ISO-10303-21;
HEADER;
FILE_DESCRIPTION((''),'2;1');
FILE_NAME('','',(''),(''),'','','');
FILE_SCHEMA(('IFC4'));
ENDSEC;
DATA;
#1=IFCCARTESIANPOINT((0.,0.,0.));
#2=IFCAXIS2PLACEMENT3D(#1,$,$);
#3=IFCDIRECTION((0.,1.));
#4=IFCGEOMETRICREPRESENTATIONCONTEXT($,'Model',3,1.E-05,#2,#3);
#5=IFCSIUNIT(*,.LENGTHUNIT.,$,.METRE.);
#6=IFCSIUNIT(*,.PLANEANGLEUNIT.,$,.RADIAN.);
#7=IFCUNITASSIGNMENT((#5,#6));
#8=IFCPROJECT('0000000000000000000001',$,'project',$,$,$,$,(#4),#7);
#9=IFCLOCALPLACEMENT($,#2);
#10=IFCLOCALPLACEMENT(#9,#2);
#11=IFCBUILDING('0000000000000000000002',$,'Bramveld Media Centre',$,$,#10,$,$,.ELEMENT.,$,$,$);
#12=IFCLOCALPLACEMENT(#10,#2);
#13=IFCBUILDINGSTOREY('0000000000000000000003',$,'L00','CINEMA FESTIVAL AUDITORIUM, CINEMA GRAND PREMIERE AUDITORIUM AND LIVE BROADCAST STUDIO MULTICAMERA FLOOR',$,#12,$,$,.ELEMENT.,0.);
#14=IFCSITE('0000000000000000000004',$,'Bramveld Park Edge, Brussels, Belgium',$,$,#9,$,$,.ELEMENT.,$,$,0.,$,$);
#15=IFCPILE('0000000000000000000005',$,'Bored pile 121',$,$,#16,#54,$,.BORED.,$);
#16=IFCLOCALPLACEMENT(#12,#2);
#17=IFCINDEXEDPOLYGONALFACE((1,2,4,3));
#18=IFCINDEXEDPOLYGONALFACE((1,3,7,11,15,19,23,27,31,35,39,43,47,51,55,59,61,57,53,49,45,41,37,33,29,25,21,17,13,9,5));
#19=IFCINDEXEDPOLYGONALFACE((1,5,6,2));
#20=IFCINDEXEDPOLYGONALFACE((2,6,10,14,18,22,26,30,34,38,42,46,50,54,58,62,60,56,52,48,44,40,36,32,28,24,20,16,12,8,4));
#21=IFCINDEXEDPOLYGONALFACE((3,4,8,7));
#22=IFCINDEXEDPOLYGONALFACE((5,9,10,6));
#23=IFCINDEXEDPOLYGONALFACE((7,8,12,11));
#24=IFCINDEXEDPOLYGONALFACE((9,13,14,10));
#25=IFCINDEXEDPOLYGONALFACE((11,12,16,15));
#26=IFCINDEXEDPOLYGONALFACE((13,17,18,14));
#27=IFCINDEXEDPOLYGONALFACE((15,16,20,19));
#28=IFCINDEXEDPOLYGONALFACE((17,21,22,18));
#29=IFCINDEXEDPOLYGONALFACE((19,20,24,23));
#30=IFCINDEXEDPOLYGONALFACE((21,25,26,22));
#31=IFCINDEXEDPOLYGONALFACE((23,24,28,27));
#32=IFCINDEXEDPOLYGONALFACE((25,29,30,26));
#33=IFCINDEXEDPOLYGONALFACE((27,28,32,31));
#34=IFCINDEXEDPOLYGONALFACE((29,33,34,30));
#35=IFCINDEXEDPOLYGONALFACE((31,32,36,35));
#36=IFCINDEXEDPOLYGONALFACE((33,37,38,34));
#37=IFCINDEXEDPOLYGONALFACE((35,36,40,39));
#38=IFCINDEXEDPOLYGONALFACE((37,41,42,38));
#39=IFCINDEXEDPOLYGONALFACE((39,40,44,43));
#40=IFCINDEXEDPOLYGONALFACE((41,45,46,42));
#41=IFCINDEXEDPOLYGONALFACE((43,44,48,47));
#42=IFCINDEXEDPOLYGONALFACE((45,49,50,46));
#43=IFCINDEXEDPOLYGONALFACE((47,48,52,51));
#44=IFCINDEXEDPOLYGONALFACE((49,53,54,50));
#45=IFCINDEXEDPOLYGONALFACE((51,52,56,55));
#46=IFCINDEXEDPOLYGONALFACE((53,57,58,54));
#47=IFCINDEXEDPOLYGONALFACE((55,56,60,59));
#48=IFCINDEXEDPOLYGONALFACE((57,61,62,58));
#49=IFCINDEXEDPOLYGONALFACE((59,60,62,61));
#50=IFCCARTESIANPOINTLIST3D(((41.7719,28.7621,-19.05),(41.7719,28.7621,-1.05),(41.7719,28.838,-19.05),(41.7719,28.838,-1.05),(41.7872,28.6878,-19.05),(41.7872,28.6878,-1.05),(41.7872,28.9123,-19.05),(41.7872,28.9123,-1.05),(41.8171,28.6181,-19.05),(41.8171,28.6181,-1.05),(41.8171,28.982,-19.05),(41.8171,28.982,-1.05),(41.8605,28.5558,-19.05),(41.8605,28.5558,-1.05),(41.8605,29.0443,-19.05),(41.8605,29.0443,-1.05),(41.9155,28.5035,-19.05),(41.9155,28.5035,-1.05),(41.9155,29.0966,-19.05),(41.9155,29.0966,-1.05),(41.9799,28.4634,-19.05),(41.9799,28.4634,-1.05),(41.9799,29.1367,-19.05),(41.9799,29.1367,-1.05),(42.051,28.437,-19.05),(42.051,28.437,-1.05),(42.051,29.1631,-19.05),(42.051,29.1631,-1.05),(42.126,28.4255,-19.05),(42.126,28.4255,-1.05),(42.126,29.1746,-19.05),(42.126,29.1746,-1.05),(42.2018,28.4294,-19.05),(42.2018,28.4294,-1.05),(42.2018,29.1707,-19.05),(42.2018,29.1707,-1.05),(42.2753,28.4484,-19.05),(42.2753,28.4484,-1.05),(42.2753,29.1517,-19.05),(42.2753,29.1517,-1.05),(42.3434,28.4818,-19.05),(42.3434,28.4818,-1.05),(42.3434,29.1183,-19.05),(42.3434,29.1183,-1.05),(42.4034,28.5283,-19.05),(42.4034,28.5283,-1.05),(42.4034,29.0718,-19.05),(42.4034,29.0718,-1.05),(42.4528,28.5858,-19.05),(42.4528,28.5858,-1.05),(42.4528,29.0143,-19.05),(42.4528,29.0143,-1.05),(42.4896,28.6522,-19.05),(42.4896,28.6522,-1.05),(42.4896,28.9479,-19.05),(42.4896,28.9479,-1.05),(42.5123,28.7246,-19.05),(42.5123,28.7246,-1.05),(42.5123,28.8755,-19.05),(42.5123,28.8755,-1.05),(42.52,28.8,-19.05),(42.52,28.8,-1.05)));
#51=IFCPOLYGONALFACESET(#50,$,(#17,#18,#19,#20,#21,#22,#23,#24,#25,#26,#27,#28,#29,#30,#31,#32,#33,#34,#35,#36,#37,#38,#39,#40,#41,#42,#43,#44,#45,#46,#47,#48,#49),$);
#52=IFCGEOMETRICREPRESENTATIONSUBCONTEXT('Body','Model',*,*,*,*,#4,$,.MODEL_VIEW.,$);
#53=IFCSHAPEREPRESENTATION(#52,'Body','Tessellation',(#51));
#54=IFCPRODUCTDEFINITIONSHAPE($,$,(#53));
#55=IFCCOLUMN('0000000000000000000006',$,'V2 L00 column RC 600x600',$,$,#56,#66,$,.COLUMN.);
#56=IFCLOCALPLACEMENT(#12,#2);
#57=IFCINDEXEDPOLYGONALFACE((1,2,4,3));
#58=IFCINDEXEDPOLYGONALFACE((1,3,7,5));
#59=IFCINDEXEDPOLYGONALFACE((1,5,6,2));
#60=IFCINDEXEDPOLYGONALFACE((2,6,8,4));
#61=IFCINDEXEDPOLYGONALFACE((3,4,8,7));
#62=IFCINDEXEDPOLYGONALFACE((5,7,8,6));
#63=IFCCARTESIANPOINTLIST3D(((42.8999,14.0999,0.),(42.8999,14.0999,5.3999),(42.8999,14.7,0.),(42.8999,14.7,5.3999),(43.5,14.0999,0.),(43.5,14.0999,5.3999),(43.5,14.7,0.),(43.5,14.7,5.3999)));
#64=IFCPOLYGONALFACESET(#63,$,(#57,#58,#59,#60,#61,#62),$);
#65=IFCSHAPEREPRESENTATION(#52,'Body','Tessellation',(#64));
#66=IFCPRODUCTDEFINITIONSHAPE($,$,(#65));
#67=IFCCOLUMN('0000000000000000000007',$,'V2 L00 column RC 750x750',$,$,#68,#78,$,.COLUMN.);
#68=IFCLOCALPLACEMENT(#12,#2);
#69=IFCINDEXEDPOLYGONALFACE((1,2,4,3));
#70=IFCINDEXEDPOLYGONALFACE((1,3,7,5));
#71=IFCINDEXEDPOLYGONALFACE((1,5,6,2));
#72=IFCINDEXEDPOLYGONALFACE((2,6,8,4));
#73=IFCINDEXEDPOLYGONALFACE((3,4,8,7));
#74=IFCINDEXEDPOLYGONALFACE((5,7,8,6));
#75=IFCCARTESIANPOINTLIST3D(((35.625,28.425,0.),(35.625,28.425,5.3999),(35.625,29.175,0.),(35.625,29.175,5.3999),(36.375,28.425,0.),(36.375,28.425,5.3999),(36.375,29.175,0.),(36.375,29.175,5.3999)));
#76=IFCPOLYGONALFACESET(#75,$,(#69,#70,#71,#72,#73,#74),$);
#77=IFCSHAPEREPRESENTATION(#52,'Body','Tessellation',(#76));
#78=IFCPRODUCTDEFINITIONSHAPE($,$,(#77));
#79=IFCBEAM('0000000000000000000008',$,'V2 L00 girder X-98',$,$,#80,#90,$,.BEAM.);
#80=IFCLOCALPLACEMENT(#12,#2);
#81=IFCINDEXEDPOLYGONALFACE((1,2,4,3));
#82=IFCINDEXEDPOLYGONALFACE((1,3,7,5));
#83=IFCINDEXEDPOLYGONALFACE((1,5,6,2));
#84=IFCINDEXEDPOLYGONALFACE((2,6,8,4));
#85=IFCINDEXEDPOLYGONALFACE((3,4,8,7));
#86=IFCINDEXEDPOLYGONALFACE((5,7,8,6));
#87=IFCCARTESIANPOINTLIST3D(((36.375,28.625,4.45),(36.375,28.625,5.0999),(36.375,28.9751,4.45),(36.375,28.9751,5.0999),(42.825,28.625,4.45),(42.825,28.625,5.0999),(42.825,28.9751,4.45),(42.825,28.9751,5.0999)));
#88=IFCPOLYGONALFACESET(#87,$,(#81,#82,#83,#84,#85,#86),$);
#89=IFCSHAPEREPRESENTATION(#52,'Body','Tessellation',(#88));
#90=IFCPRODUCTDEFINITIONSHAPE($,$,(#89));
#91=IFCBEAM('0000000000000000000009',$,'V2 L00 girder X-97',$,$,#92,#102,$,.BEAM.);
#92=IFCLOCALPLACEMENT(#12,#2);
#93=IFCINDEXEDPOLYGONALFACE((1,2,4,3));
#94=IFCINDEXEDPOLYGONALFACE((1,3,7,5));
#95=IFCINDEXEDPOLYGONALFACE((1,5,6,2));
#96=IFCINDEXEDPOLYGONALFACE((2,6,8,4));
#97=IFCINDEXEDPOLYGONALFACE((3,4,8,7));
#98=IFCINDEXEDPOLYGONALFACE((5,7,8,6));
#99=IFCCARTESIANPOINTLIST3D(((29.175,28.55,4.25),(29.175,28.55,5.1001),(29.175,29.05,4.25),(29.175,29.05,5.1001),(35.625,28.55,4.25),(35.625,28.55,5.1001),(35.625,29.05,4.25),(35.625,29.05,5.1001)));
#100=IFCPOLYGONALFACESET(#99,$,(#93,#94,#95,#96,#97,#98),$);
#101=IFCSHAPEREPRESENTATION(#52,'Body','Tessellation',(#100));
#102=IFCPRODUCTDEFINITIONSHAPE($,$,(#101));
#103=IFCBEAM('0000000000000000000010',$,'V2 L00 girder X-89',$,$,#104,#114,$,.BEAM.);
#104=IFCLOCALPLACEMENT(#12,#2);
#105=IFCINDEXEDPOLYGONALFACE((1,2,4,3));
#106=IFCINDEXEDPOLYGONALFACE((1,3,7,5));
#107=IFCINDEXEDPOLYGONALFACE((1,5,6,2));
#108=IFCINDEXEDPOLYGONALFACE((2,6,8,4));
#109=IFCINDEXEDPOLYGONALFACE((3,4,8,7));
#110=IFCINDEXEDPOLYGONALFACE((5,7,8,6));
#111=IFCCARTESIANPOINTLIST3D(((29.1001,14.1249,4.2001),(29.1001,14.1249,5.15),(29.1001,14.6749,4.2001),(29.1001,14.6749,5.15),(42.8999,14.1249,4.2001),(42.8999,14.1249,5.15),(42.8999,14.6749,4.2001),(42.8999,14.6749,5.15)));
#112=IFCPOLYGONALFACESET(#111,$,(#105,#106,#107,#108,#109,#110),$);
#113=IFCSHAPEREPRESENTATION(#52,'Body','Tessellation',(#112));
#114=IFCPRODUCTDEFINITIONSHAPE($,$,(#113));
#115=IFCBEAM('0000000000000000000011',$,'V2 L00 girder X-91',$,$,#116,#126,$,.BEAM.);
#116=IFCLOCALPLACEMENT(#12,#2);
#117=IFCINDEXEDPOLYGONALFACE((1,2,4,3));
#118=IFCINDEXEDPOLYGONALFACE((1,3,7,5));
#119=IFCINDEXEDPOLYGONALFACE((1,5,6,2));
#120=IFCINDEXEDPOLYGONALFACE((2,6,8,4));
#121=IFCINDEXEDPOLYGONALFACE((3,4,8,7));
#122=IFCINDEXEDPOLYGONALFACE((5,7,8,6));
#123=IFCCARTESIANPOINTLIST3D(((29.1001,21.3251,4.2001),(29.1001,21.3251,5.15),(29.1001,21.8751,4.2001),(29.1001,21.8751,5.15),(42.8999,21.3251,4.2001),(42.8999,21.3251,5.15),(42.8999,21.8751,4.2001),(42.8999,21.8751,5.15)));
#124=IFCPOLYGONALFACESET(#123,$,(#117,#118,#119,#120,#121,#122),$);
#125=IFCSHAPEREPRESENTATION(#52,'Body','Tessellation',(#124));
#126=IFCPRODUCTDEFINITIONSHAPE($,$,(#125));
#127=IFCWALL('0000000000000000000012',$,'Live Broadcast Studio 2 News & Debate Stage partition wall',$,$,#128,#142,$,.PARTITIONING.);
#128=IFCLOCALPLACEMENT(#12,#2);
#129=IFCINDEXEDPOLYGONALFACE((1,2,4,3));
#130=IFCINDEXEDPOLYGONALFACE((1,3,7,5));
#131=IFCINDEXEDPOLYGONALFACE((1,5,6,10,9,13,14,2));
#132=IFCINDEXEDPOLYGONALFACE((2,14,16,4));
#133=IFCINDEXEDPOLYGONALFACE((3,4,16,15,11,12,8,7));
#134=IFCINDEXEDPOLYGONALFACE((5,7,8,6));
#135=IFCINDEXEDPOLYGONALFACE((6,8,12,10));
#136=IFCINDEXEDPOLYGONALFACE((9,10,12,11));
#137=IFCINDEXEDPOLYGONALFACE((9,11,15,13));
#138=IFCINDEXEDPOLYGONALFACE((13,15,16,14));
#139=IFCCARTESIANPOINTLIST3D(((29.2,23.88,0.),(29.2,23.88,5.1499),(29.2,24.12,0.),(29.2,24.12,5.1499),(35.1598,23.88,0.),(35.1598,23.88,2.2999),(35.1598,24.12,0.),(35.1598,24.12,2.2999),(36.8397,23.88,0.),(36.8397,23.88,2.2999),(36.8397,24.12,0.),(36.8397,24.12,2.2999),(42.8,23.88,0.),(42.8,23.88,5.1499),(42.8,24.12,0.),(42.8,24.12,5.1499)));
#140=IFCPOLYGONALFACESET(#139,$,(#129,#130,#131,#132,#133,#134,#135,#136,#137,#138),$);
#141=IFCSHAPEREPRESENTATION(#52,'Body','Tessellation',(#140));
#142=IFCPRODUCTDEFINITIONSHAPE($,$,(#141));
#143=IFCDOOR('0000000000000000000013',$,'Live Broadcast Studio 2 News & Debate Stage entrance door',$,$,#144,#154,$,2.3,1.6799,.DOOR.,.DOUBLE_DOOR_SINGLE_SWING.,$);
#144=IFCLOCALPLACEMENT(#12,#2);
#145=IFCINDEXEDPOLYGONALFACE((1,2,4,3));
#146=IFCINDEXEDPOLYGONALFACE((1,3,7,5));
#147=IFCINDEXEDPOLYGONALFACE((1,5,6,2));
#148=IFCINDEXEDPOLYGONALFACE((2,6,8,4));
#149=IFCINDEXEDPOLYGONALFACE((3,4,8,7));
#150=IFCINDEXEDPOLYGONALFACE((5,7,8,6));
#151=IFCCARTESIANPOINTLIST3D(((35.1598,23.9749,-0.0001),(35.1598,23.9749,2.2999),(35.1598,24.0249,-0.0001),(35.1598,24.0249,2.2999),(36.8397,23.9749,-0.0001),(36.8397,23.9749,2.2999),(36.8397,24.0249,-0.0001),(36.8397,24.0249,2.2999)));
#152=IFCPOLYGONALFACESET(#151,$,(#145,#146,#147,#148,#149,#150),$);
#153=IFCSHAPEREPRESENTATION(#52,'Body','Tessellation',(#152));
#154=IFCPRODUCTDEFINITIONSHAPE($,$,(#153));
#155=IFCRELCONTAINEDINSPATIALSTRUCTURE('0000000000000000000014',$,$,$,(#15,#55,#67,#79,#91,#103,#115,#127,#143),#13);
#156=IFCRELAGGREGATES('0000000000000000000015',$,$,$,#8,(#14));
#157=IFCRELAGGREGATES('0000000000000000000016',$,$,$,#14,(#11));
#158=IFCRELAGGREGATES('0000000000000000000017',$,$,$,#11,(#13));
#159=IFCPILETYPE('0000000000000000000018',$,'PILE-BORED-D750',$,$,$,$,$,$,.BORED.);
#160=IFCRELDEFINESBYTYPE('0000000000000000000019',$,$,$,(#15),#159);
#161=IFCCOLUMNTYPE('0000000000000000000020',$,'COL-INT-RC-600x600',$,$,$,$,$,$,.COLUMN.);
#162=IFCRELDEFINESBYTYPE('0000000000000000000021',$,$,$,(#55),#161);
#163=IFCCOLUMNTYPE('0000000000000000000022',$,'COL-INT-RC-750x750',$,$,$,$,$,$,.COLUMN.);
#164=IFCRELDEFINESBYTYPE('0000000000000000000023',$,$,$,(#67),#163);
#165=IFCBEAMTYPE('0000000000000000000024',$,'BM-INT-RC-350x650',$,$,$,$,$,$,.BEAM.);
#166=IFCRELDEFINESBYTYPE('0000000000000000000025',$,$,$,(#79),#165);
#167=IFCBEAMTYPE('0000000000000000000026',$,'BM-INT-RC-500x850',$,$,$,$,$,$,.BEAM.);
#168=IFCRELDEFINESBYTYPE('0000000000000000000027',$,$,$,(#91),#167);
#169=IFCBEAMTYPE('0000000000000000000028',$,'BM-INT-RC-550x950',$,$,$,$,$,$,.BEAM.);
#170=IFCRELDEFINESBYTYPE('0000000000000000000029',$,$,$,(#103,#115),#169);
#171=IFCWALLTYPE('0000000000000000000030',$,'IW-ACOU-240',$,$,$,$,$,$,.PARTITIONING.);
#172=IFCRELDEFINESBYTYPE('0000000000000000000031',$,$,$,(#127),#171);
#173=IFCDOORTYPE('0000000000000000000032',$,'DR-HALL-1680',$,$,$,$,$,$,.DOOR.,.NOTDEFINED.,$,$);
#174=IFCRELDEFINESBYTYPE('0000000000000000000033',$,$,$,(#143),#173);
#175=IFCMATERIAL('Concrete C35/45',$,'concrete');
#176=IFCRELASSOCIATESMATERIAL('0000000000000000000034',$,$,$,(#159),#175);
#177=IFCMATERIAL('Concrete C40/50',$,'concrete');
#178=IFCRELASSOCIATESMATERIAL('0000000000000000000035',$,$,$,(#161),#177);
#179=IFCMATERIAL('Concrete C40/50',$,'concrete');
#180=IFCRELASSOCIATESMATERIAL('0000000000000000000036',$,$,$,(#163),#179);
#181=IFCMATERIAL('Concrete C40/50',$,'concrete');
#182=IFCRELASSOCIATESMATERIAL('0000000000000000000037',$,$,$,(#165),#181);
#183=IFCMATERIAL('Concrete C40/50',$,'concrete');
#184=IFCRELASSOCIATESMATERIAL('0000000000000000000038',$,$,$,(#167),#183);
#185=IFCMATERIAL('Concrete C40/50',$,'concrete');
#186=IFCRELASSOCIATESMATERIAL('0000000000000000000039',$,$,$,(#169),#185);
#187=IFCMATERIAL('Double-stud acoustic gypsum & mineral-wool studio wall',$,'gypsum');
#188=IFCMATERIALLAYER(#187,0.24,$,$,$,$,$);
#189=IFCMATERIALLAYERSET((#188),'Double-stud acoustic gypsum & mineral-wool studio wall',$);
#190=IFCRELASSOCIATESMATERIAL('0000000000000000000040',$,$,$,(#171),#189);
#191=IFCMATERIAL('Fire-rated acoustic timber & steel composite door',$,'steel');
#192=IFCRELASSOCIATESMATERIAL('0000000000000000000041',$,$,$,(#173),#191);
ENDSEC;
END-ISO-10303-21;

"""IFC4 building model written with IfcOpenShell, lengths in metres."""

from ifc_helpers import new_model, si_unit, direction, frame, frame_2d, origin, origin_2d, place, context, subcontext, project, spatial, rectangle, circle, extrude, material, layer, layer_set, material_profile, profile_set, type_object, element, fill, save


model = new_model("IFC4")

# Units and contexts
model_context = context("Model", 3, precision=1e-05, world=origin(), true_north=direction((0.0, 1.0)))
body_context = subcontext(model_context, "Body", "Model", "MODEL_VIEW")
ifc_project = project(units=[si_unit("LENGTHUNIT", "METRE"), si_unit("PLANEANGLEUNIT", "RADIAN")], contexts=[model_context])

# Site, building, storey
site_placement = place(None, origin())
site = spatial("IfcSite", under=ifc_project, at=site_placement, Name="Bramveld Park Edge, Brussels, Belgium", CompositionType="ELEMENT", RefElevation=0.0)
building_placement = place(site_placement, origin())
building = spatial("IfcBuilding", under=site, at=building_placement, Name="Bramveld Media Centre", CompositionType="ELEMENT")
storey_placement = place(building_placement, origin())
storey = spatial("IfcBuildingStorey", under=building, at=storey_placement, Name="L00", Description="CINEMA FESTIVAL AUDITORIUM, CINEMA GRAND PREMIERE AUDITORIUM AND LIVE BROADCAST STUDIO MULTICAMERA FLOOR", CompositionType="ELEMENT", Elevation=0.0)

# Pile
ifc_material_1 = material(Name="Concrete C35/45", Category="concrete")
ifc_material_profile_1 = material_profile(ifc_material_1, circle(Radius=0.375, at=origin_2d()), Name="BORED D750")
ifc_profile_set_1 = profile_set([ifc_material_profile_1], Name="Concrete C35/45")
pile_type_1 = type_object("IfcPileType", Name="PILE-BORED-D750", PredefinedType="BORED", material=ifc_profile_set_1)
for number, where, z_axis, x_axis, name in (
    (1, (42.145, 28.8, -1.05), (0.0, 0.0, -1.0), (1.0, 0.0, 0.0), "Bored pile 121"),
):
    element("IfcPile", number, at=place(storey_placement, frame(where, z_axis=z_axis, x_axis=x_axis)), inside=storey, type_object=pile_type_1, Name=name, PredefinedType="BORED", context=body_context, shape_type="SweptSolid", body=[
        extrude(circle(Radius=0.375, at=origin_2d()), origin(), (0.0, 0.0, 1.0), 18.0),
    ])

# Columns
ifc_material_2 = material(Name="Concrete C40/50", Category="concrete")
ifc_material_profile_2 = material_profile(ifc_material_2, rectangle(XDim=0.6001, YDim=0.6001, at=origin_2d()), Name="RC 600x600")
ifc_profile_set_2 = profile_set([ifc_material_profile_2], Name="Concrete C40/50")
column_type_1 = type_object("IfcColumnType", Name="COL-INT-RC-600x600", PredefinedType="COLUMN", material=ifc_profile_set_2)
column_1_placement = place(storey_placement, frame((43.2, 14.3999, 0.0), z_axis=(0.0, 0.0, 1.0), x_axis=(1.0, 0.0, 0.0)))
element("IfcColumn", 2, at=column_1_placement, inside=storey, type_object=column_type_1, Name="V2 L00 column RC 600x600", PredefinedType="COLUMN", context=body_context, shape_type="SweptSolid", body=[
    extrude(rectangle(XDim=0.6001, YDim=0.6001, at=origin_2d()), origin(), (0.0, 0.0, 1.0), 5.3999),
])
ifc_material_3 = material(Name="Concrete C40/50", Category="concrete")
ifc_material_profile_3 = material_profile(ifc_material_3, rectangle(XDim=0.75, YDim=0.75, at=origin_2d()), Name="RC 750x750")
ifc_profile_set_3 = profile_set([ifc_material_profile_3], Name="Concrete C40/50")
column_type_2 = type_object("IfcColumnType", Name="COL-INT-RC-750x750", PredefinedType="COLUMN", material=ifc_profile_set_3)
column_2_placement = place(storey_placement, frame((36.0, 28.8, 0.0), z_axis=(0.0, 0.0, 1.0), x_axis=(1.0, 0.0, 0.0)))
element("IfcColumn", 3, at=column_2_placement, inside=storey, type_object=column_type_2, Name="V2 L00 column RC 750x750", PredefinedType="COLUMN", context=body_context, shape_type="SweptSolid", body=[
    extrude(rectangle(XDim=0.75, YDim=0.75, at=origin_2d()), origin(), (0.0, 0.0, 1.0), 5.3999),
])

# Beams
ifc_material_4 = material(Name="Concrete C40/50", Category="concrete")
ifc_material_profile_4 = material_profile(ifc_material_4, rectangle(XDim=0.3501, YDim=0.6499, at=origin_2d()), Name="RC 350x650")
ifc_profile_set_4 = profile_set([ifc_material_profile_4], Name="Concrete C40/50")
beam_type_1 = type_object("IfcBeamType", Name="BM-INT-RC-350x650", PredefinedType="BEAM", material=ifc_profile_set_4)
beam_1_placement = place(storey_placement, frame((36.375, 28.8, 4.7749), z_axis=(1.0, 0.0, 0.0), x_axis=(0.0, 1.0, 0.0)))
element("IfcBeam", 4, at=beam_1_placement, inside=storey, type_object=beam_type_1, Name="V2 L00 girder X-98", PredefinedType="BEAM", context=body_context, shape_type="SweptSolid", body=[
    extrude(rectangle(XDim=0.3501, YDim=0.6499, at=origin_2d()), origin(), (0.0, 0.0, 1.0), 6.45),
])
ifc_material_5 = material(Name="Concrete C40/50", Category="concrete")
ifc_material_profile_5 = material_profile(ifc_material_5, rectangle(XDim=0.5, YDim=0.8501, at=origin_2d()), Name="RC 500x850")
ifc_profile_set_5 = profile_set([ifc_material_profile_5], Name="Concrete C40/50")
beam_type_2 = type_object("IfcBeamType", Name="BM-INT-RC-500x850", PredefinedType="BEAM", material=ifc_profile_set_5)
beam_2_placement = place(storey_placement, frame((29.175, 28.8, 4.675), z_axis=(1.0, 0.0, 0.0), x_axis=(0.0, 1.0, 0.0)))
element("IfcBeam", 5, at=beam_2_placement, inside=storey, type_object=beam_type_2, Name="V2 L00 girder X-97", PredefinedType="BEAM", context=body_context, shape_type="SweptSolid", body=[
    extrude(rectangle(XDim=0.5, YDim=0.8501, at=origin_2d()), origin(), (0.0, 0.0, 1.0), 6.45),
])
ifc_material_6 = material(Name="Concrete C40/50", Category="concrete")
ifc_material_profile_6 = material_profile(ifc_material_6, rectangle(XDim=0.55, YDim=0.95, at=origin_2d()), Name="RC 550x950")
ifc_profile_set_6 = profile_set([ifc_material_profile_6], Name="Concrete C40/50")
beam_type_3 = type_object("IfcBeamType", Name="BM-INT-RC-550x950", PredefinedType="BEAM", material=ifc_profile_set_6)
for number, where, z_axis, x_axis, name in (
    (6, (29.1001, 14.3999, 4.675), (1.0, 0.0, 0.0), (0.0, 1.0, 0.0), "V2 L00 girder X-89"),
    (7, (29.1001, 21.6001, 4.675), (1.0, 0.0, 0.0), (0.0, 1.0, 0.0), "V2 L00 girder X-91"),
):
    element("IfcBeam", number, at=place(storey_placement, frame(where, z_axis=z_axis, x_axis=x_axis)), inside=storey, type_object=beam_type_3, Name=name, PredefinedType="BEAM", context=body_context, shape_type="SweptSolid", body=[
        extrude(rectangle(XDim=0.55, YDim=0.95, at=origin_2d()), origin(), (0.0, 0.0, 1.0), 13.7998),
    ])

# Wall, opening, door
ifc_material_7 = material(Name="Double-stud acoustic gypsum & mineral-wool studio wall", Category="gypsum")
ifc_layer = layer(ifc_material_7, 0.24)
ifc_layer_set = layer_set([ifc_layer], Name="Double-stud acoustic gypsum & mineral-wool studio wall")
wall_type = type_object("IfcWallType", Name="IW-ACOU-240", PredefinedType="PARTITIONING", material=ifc_layer_set)
wall_placement = place(storey_placement, frame((29.2, 24.0, 0.0), z_axis=(0.0, 0.0, 1.0), x_axis=(1.0, 0.0, 0.0)))
wall = element("IfcWall", 8, at=wall_placement, inside=storey, type_object=wall_type, Name="Live Broadcast Studio 2 News & Debate Stage partition wall", PredefinedType="PARTITIONING", context=body_context, shape_type="SweptSolid", body=[
    extrude(rectangle(XDim=13.6001, YDim=0.24, at=frame_2d((6.8, 0.0))), origin(), (0.0, 0.0, 1.0), 5.1499),
])
opening_placement = place(wall_placement, frame((5.96, 0.0, 0.0)))
opening = element("IfcOpeningElement", 9, at=opening_placement, cuts=wall, PredefinedType="OPENING", context=body_context, shape_type="SweptSolid", body=[
    extrude(rectangle(XDim=1.6799, YDim=2.3, at=frame_2d((0.8398, 1.1499))), frame((0.0, 0.1318, 0.0), z_axis=(0.0, -1.0, 0.0), x_axis=(1.0, 0.0, 0.0)), (0.0, 0.0, 1.0), 0.2639),
])
ifc_material_8 = material(Name="Fire-rated acoustic timber & steel composite door", Category="steel")
door_type = type_object("IfcDoorType", Name="DR-HALL-1680", OperationType="NOTDEFINED", PredefinedType="DOOR", material=ifc_material_8)
door_placement = place(opening_placement, origin())
door = element("IfcDoor", 10, at=door_placement, inside=storey, type_object=door_type, Name="Live Broadcast Studio 2 News & Debate Stage entrance door", OperationType="DOUBLE_DOOR_SINGLE_SWING", OverallHeight=2.3, OverallWidth=1.6799, PredefinedType="DOOR", context=body_context, shape_type="SweptSolid", body=[
    extrude(rectangle(XDim=1.6799, YDim=2.3, at=frame_2d((0.8398, 1.1499))), frame((0.0, 0.0249, 0.0), z_axis=(0.0, -1.0, 0.0), x_axis=(1.0, 0.0, 0.0)), (0.0, 0.0, 1.0), 0.05),
])
fill(opening, door)

save(model, "model.ifc")
